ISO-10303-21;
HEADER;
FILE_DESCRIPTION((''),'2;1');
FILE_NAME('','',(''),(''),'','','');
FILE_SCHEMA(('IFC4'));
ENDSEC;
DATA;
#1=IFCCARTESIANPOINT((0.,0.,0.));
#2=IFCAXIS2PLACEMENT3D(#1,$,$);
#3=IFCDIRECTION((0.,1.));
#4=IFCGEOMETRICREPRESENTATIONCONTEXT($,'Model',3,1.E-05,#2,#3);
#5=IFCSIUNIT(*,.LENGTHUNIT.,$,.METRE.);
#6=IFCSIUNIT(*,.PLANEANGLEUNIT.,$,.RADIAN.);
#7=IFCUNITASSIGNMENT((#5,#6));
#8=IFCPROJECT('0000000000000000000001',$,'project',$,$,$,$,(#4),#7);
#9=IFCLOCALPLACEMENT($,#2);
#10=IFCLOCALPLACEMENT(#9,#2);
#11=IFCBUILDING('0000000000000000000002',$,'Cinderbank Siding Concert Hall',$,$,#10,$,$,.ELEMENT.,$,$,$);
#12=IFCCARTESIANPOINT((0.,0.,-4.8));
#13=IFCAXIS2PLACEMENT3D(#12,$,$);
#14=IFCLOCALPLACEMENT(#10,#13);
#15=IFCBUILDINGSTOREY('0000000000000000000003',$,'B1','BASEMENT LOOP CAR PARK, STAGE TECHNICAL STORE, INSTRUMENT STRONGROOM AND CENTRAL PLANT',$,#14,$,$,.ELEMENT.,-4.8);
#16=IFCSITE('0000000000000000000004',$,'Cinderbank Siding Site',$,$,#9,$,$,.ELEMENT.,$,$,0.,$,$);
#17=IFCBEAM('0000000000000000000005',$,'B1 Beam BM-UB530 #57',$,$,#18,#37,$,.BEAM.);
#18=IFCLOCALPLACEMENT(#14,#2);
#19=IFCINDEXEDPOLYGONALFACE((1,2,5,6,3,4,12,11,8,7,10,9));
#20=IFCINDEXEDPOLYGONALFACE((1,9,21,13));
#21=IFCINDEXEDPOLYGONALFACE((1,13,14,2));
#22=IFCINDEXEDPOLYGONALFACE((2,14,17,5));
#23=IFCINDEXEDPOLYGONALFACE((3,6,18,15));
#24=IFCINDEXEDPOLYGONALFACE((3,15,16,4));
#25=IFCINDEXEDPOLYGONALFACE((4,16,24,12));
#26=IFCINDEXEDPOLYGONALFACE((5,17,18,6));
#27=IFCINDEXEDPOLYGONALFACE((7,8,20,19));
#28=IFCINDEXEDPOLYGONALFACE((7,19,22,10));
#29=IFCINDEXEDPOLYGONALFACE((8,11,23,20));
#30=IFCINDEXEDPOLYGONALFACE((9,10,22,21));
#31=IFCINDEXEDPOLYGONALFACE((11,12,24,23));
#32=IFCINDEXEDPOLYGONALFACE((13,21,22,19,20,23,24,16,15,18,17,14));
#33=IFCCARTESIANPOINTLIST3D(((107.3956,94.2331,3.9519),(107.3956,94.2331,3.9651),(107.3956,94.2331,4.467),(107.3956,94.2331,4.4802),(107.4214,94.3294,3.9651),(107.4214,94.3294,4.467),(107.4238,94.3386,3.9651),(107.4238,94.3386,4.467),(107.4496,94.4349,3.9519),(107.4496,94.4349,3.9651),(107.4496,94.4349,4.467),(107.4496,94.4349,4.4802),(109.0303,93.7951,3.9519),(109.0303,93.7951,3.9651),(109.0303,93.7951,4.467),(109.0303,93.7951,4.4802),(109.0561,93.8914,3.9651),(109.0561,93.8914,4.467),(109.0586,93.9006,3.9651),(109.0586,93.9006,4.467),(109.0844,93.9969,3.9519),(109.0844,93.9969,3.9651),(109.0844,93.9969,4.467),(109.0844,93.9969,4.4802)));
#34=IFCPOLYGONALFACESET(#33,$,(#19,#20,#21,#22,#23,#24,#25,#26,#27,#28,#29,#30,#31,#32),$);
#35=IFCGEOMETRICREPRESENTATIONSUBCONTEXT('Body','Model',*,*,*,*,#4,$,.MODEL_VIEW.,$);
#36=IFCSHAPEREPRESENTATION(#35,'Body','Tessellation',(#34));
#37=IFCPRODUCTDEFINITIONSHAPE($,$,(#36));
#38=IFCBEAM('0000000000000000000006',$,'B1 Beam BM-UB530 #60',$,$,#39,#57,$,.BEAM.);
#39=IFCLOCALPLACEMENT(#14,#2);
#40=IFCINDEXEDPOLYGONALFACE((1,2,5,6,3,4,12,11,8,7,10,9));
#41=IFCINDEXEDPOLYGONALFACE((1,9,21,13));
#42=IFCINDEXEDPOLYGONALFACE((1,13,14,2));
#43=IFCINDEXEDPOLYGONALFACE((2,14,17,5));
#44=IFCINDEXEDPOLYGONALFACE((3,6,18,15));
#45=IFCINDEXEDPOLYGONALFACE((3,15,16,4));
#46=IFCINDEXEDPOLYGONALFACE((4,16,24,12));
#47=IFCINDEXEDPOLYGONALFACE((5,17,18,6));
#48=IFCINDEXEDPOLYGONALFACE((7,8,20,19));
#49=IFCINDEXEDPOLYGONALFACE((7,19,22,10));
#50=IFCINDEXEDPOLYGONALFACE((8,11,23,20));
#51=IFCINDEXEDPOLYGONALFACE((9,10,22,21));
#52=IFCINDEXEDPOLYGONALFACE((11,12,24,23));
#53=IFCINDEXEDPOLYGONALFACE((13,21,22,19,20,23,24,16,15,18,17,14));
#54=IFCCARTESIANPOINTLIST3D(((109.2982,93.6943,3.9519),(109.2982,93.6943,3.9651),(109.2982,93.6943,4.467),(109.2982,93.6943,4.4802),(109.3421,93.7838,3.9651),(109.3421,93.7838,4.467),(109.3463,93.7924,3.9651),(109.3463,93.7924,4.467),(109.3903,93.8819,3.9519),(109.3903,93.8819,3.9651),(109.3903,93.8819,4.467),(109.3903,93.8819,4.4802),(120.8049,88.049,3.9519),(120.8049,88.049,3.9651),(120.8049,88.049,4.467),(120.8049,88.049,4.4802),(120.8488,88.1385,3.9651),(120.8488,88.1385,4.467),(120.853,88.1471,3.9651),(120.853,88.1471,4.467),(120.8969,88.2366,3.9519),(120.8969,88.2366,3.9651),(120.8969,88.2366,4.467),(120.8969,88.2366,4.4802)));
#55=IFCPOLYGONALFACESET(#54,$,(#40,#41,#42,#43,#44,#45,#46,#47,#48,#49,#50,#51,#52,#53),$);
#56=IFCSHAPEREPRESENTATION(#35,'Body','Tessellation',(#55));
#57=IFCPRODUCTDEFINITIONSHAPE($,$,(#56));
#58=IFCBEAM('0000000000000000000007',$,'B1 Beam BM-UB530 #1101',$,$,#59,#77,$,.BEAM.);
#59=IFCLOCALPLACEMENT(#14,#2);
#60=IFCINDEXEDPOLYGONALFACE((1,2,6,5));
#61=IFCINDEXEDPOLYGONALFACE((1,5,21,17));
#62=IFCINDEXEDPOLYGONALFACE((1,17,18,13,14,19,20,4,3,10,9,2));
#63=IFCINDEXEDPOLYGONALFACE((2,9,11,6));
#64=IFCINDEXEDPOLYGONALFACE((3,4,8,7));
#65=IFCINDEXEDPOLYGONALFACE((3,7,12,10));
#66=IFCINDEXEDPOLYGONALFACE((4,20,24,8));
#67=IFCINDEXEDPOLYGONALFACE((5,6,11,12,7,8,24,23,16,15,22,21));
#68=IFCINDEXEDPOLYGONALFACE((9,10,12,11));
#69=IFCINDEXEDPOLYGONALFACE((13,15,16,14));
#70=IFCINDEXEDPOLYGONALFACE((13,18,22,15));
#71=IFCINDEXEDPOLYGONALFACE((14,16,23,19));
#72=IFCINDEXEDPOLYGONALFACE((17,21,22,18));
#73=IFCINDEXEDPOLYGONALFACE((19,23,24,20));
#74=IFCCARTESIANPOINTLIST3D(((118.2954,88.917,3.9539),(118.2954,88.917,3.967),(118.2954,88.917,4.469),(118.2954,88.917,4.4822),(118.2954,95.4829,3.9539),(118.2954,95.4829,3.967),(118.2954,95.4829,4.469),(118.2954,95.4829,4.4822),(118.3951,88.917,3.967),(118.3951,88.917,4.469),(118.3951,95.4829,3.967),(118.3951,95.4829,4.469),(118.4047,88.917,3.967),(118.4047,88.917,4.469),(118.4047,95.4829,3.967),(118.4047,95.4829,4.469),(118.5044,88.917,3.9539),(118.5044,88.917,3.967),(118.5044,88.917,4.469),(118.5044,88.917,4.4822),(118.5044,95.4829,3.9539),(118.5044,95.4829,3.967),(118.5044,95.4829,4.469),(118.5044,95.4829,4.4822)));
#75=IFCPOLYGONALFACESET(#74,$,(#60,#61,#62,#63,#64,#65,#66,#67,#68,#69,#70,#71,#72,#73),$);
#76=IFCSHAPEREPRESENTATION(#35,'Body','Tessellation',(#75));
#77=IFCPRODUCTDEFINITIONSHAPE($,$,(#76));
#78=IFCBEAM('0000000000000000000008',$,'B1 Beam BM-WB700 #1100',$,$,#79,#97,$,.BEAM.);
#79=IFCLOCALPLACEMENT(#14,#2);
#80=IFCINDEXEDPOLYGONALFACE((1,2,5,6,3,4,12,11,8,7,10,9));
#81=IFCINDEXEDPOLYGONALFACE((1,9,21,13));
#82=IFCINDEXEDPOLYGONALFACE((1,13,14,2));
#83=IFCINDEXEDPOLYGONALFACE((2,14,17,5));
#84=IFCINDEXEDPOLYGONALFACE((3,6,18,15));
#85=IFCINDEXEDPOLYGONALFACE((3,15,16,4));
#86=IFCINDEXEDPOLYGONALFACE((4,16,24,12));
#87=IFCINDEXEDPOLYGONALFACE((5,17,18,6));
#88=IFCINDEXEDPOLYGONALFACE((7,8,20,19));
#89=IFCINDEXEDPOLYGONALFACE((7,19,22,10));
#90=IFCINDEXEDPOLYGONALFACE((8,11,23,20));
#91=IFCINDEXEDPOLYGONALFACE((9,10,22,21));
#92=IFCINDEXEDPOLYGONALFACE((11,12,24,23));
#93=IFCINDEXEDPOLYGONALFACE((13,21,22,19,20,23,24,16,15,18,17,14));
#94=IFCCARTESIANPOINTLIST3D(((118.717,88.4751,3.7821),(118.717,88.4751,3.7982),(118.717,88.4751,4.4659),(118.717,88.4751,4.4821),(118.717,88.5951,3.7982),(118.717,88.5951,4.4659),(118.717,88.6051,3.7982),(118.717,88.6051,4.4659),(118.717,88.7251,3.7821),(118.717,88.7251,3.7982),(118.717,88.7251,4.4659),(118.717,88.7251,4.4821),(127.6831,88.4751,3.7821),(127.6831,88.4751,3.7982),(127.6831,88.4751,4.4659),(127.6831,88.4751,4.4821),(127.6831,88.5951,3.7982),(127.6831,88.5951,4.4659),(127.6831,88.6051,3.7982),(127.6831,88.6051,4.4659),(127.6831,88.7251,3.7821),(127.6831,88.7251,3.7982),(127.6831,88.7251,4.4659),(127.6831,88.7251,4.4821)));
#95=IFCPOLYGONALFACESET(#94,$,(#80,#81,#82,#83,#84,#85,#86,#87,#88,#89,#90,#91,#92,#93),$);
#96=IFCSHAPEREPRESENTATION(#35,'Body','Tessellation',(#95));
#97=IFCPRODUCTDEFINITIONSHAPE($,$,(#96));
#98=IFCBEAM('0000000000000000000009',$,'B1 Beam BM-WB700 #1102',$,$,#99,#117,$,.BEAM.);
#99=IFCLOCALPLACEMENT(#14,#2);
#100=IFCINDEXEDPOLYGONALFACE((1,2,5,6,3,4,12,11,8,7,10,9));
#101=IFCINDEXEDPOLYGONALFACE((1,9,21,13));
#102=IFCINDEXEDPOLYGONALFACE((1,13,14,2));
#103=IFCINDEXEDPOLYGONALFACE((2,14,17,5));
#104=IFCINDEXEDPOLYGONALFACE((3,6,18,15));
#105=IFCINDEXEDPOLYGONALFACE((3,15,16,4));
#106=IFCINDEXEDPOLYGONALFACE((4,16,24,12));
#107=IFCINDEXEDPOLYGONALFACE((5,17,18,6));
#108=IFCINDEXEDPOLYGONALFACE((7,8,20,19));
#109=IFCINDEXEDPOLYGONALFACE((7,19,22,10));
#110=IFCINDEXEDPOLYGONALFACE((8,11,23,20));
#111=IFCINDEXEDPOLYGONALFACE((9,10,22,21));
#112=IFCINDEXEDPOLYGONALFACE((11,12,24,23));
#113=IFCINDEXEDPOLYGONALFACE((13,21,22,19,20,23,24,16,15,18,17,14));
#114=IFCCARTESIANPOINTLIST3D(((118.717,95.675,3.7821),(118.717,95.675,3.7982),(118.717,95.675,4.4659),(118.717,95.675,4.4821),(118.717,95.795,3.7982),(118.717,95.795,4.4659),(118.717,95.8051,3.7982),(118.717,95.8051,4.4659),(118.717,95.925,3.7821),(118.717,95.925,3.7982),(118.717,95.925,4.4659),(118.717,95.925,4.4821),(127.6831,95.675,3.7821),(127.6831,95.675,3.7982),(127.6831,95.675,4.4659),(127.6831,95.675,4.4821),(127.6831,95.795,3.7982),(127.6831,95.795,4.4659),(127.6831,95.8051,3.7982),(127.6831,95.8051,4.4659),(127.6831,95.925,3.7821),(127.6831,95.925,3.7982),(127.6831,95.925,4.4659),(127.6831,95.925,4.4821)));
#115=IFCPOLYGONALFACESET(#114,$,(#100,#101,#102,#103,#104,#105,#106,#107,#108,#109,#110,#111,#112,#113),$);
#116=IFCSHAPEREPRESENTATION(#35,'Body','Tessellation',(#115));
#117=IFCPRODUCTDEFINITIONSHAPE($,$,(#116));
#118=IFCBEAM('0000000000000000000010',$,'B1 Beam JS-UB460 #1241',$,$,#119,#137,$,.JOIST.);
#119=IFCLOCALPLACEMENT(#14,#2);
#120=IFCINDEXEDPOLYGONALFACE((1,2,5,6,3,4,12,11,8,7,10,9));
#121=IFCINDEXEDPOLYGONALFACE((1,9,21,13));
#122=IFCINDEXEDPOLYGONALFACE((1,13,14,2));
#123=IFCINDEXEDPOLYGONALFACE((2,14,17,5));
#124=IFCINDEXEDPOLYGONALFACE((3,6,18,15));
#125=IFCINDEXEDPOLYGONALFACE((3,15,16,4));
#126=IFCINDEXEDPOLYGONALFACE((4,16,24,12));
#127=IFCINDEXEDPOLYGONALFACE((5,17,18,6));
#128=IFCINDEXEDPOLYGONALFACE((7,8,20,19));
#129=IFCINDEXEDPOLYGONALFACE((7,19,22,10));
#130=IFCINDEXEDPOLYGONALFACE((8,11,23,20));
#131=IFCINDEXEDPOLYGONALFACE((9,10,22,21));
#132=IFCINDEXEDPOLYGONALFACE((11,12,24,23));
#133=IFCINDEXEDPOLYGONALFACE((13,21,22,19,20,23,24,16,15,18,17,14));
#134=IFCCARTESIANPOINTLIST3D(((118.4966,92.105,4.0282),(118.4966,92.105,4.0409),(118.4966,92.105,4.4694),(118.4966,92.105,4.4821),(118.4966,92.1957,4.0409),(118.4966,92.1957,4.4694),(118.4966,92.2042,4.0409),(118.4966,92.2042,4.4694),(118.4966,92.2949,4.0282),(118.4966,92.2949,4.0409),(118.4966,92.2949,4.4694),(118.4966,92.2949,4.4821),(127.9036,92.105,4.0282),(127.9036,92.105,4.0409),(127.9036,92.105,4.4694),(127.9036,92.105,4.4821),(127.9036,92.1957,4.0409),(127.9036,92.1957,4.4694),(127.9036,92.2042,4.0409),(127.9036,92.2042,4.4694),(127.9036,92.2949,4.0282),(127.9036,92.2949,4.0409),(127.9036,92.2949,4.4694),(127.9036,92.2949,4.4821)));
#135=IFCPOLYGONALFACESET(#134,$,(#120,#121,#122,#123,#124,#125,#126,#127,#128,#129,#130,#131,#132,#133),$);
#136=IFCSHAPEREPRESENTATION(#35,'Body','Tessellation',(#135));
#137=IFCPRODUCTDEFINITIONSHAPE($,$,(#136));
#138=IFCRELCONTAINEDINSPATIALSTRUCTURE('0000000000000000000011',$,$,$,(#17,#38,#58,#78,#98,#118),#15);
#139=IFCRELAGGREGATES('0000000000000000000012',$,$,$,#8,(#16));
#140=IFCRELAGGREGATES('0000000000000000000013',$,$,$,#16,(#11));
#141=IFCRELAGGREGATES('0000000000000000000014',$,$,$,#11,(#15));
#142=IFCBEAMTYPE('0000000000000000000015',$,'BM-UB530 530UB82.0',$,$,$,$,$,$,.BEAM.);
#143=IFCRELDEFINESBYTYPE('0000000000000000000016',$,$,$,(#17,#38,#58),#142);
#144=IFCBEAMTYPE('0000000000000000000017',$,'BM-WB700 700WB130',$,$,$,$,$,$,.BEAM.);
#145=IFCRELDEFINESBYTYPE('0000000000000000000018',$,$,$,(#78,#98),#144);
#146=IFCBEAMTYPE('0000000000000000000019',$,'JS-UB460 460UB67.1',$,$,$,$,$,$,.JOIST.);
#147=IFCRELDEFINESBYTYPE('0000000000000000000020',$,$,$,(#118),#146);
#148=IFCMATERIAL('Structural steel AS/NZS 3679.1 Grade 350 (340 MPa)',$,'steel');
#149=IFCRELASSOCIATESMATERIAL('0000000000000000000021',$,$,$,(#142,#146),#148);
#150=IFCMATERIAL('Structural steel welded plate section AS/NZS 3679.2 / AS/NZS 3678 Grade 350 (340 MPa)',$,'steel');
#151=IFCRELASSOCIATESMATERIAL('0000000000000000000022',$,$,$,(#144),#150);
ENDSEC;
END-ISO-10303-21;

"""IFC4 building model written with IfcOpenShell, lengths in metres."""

from ifc_helpers import new_model, si_unit, direction, frame, origin, origin_2d, place, context, subcontext, project, spatial, i_section, extrude, material, material_profile, profile_set, type_object, element, save


model = new_model("IFC4")

# Units and contexts
model_context = context("Model", 3, precision=1e-05, world=origin(), true_north=direction((0.0, 1.0)))
body_context = subcontext(model_context, "Body", "Model", "MODEL_VIEW")
ifc_project = project(units=[si_unit("LENGTHUNIT", "METRE"), si_unit("PLANEANGLEUNIT", "RADIAN")], contexts=[model_context])

# Site, building, storey
site_placement = place(None, origin())
site = spatial("IfcSite", under=ifc_project, at=site_placement, Name="Cinderbank Siding Site", CompositionType="ELEMENT", RefElevation=0.0)
building_placement = place(site_placement, origin())
building = spatial("IfcBuilding", under=site, at=building_placement, Name="Cinderbank Siding Concert Hall", CompositionType="ELEMENT")
storey_placement = place(building_placement, frame((0.0, 0.0, -4.8)))
storey = spatial("IfcBuildingStorey", under=building, at=storey_placement, Name="B1", Description="BASEMENT LOOP CAR PARK, STAGE TECHNICAL STORE, INSTRUMENT STRONGROOM AND CENTRAL PLANT", CompositionType="ELEMENT", Elevation=-4.8)

# Beams
ifc_material_1 = material(Name="Structural steel AS/NZS 3679.1 Grade 350 (340 MPa)", Category="steel")
ifc_material_profile_1 = material_profile(ifc_material_1, i_section(OverallWidth=0.209, OverallDepth=0.5283, WebThickness=0.0095, FlangeThickness=0.0132, at=origin_2d()), Name="530UB82.0", Category="LoadBearing")
ifc_profile_set_1 = profile_set([ifc_material_profile_1], Name="Structural steel AS/NZS 3679.1 Grade 350 (340 MPa)")
beam_type_1 = type_object("IfcBeamType", Name="BM-UB530 530UB82.0", PredefinedType="BEAM", material=ifc_profile_set_1)
beam_1_placement = place(storey_placement, frame((107.4226, 94.334, 4.2161), z_axis=(0.965933, -0.258794, 0.0), x_axis=(0.258794, 0.965933, 0.0)))
element("IfcBeam", 1, at=beam_1_placement, inside=storey, type_object=beam_type_1, Name="B1 Beam BM-UB530 #57", PredefinedType="BEAM", context=body_context, shape_type="SweptSolid", body=[
    extrude(i_section(OverallWidth=0.209, OverallDepth=0.5283, WebThickness=0.0095, FlangeThickness=0.0132, at=origin_2d()), origin(), (0.0, 0.0, 1.0), 1.6924),
])
beam_2_placement = place(storey_placement, frame((109.3442, 93.7881, 4.2161), z_axis=(0.897773, -0.440458, 0.0), x_axis=(0.440458, 0.897773, 0.0)))
element("IfcBeam", 2, at=beam_2_placement, inside=storey, type_object=beam_type_1, Name="B1 Beam BM-UB530 #60", PredefinedType="BEAM", context=body_context, shape_type="SweptSolid", body=[
    extrude(i_section(OverallWidth=0.209, OverallDepth=0.5283, WebThickness=0.0095, FlangeThickness=0.0132, at=origin_2d()), origin(), (0.0, 0.0, 1.0), 12.8169),
])
beam_3_placement = place(storey_placement, frame((118.3999, 88.917, 4.218), z_axis=(0.0, 1.0, 0.0), x_axis=(-1.0, 0.0, 0.0)))
element("IfcBeam", 3, at=beam_3_placement, inside=storey, type_object=beam_type_1, Name="B1 Beam BM-UB530 #1101", PredefinedType="BEAM", context=body_context, shape_type="SweptSolid", body=[
    extrude(i_section(OverallWidth=0.209, OverallDepth=0.5283, WebThickness=0.0095, FlangeThickness=0.0132, at=origin_2d()), origin(), (0.0, 0.0, 1.0), 6.5659),
])
ifc_material_2 = material(Name="Structural steel welded plate section AS/NZS 3679.2 / AS/NZS 3678 Grade 350 (340 MPa)", Category="steel")
ifc_material_profile_2 = material_profile(ifc_material_2, i_section(OverallWidth=0.25, OverallDepth=0.7, WebThickness=0.01, FlangeThickness=0.0161, at=origin_2d()), Name="700WB130", Category="LoadBearing")
ifc_profile_set_2 = profile_set([ifc_material_profile_2], Name="Structural steel welded plate section AS/NZS 3679.2 / AS/NZS 3678 Grade 350 (340 MPa)")
beam_type_2 = type_object("IfcBeamType", Name="BM-WB700 700WB130", PredefinedType="BEAM", material=ifc_profile_set_2)
for number, where, z_axis, x_axis, name in (
    (4, (118.717, 88.6001, 4.1321), (1.0, 0.0, 0.0), (0.0, 1.0, 0.0), "B1 Beam BM-WB700 #1100"),
    (5, (118.717, 95.8, 4.1321), (1.0, 0.0, 0.0), (0.0, 1.0, 0.0), "B1 Beam BM-WB700 #1102"),
):
    element("IfcBeam", number, at=place(storey_placement, frame(where, z_axis=z_axis, x_axis=x_axis)), inside=storey, type_object=beam_type_2, Name=name, PredefinedType="BEAM", context=body_context, shape_type="SweptSolid", body=[
        extrude(i_section(OverallWidth=0.25, OverallDepth=0.7, WebThickness=0.01, FlangeThickness=0.0161, at=origin_2d()), origin(), (0.0, 0.0, 1.0), 8.9661),
    ])
ifc_material_profile_3 = material_profile(ifc_material_1, i_section(OverallWidth=0.1899, OverallDepth=0.4539, WebThickness=0.0085, FlangeThickness=0.0127, at=origin_2d()), Name="460UB67.1", Category="LoadBearing")
ifc_profile_set_3 = profile_set([ifc_material_profile_3], Name="Structural steel AS/NZS 3679.1 Grade 350 (340 MPa)")
beam_type_3 = type_object("IfcBeamType", Name="JS-UB460 460UB67.1", PredefinedType="JOIST", material=ifc_profile_set_3)
beam_4_placement = place(storey_placement, frame((118.4966, 92.2, 4.2551), z_axis=(1.0, 0.0, 0.0), x_axis=(0.0, 1.0, 0.0)))
element("IfcBeam", 6, at=beam_4_placement, inside=storey, type_object=beam_type_3, Name="B1 Beam JS-UB460 #1241", PredefinedType="JOIST", context=body_context, shape_type="SweptSolid", body=[
    extrude(i_section(OverallWidth=0.1899, OverallDepth=0.4539, WebThickness=0.0085, FlangeThickness=0.0127, at=origin_2d()), origin(), (0.0, 0.0, 1.0), 9.407),
])

save(model, "model.ifc")
